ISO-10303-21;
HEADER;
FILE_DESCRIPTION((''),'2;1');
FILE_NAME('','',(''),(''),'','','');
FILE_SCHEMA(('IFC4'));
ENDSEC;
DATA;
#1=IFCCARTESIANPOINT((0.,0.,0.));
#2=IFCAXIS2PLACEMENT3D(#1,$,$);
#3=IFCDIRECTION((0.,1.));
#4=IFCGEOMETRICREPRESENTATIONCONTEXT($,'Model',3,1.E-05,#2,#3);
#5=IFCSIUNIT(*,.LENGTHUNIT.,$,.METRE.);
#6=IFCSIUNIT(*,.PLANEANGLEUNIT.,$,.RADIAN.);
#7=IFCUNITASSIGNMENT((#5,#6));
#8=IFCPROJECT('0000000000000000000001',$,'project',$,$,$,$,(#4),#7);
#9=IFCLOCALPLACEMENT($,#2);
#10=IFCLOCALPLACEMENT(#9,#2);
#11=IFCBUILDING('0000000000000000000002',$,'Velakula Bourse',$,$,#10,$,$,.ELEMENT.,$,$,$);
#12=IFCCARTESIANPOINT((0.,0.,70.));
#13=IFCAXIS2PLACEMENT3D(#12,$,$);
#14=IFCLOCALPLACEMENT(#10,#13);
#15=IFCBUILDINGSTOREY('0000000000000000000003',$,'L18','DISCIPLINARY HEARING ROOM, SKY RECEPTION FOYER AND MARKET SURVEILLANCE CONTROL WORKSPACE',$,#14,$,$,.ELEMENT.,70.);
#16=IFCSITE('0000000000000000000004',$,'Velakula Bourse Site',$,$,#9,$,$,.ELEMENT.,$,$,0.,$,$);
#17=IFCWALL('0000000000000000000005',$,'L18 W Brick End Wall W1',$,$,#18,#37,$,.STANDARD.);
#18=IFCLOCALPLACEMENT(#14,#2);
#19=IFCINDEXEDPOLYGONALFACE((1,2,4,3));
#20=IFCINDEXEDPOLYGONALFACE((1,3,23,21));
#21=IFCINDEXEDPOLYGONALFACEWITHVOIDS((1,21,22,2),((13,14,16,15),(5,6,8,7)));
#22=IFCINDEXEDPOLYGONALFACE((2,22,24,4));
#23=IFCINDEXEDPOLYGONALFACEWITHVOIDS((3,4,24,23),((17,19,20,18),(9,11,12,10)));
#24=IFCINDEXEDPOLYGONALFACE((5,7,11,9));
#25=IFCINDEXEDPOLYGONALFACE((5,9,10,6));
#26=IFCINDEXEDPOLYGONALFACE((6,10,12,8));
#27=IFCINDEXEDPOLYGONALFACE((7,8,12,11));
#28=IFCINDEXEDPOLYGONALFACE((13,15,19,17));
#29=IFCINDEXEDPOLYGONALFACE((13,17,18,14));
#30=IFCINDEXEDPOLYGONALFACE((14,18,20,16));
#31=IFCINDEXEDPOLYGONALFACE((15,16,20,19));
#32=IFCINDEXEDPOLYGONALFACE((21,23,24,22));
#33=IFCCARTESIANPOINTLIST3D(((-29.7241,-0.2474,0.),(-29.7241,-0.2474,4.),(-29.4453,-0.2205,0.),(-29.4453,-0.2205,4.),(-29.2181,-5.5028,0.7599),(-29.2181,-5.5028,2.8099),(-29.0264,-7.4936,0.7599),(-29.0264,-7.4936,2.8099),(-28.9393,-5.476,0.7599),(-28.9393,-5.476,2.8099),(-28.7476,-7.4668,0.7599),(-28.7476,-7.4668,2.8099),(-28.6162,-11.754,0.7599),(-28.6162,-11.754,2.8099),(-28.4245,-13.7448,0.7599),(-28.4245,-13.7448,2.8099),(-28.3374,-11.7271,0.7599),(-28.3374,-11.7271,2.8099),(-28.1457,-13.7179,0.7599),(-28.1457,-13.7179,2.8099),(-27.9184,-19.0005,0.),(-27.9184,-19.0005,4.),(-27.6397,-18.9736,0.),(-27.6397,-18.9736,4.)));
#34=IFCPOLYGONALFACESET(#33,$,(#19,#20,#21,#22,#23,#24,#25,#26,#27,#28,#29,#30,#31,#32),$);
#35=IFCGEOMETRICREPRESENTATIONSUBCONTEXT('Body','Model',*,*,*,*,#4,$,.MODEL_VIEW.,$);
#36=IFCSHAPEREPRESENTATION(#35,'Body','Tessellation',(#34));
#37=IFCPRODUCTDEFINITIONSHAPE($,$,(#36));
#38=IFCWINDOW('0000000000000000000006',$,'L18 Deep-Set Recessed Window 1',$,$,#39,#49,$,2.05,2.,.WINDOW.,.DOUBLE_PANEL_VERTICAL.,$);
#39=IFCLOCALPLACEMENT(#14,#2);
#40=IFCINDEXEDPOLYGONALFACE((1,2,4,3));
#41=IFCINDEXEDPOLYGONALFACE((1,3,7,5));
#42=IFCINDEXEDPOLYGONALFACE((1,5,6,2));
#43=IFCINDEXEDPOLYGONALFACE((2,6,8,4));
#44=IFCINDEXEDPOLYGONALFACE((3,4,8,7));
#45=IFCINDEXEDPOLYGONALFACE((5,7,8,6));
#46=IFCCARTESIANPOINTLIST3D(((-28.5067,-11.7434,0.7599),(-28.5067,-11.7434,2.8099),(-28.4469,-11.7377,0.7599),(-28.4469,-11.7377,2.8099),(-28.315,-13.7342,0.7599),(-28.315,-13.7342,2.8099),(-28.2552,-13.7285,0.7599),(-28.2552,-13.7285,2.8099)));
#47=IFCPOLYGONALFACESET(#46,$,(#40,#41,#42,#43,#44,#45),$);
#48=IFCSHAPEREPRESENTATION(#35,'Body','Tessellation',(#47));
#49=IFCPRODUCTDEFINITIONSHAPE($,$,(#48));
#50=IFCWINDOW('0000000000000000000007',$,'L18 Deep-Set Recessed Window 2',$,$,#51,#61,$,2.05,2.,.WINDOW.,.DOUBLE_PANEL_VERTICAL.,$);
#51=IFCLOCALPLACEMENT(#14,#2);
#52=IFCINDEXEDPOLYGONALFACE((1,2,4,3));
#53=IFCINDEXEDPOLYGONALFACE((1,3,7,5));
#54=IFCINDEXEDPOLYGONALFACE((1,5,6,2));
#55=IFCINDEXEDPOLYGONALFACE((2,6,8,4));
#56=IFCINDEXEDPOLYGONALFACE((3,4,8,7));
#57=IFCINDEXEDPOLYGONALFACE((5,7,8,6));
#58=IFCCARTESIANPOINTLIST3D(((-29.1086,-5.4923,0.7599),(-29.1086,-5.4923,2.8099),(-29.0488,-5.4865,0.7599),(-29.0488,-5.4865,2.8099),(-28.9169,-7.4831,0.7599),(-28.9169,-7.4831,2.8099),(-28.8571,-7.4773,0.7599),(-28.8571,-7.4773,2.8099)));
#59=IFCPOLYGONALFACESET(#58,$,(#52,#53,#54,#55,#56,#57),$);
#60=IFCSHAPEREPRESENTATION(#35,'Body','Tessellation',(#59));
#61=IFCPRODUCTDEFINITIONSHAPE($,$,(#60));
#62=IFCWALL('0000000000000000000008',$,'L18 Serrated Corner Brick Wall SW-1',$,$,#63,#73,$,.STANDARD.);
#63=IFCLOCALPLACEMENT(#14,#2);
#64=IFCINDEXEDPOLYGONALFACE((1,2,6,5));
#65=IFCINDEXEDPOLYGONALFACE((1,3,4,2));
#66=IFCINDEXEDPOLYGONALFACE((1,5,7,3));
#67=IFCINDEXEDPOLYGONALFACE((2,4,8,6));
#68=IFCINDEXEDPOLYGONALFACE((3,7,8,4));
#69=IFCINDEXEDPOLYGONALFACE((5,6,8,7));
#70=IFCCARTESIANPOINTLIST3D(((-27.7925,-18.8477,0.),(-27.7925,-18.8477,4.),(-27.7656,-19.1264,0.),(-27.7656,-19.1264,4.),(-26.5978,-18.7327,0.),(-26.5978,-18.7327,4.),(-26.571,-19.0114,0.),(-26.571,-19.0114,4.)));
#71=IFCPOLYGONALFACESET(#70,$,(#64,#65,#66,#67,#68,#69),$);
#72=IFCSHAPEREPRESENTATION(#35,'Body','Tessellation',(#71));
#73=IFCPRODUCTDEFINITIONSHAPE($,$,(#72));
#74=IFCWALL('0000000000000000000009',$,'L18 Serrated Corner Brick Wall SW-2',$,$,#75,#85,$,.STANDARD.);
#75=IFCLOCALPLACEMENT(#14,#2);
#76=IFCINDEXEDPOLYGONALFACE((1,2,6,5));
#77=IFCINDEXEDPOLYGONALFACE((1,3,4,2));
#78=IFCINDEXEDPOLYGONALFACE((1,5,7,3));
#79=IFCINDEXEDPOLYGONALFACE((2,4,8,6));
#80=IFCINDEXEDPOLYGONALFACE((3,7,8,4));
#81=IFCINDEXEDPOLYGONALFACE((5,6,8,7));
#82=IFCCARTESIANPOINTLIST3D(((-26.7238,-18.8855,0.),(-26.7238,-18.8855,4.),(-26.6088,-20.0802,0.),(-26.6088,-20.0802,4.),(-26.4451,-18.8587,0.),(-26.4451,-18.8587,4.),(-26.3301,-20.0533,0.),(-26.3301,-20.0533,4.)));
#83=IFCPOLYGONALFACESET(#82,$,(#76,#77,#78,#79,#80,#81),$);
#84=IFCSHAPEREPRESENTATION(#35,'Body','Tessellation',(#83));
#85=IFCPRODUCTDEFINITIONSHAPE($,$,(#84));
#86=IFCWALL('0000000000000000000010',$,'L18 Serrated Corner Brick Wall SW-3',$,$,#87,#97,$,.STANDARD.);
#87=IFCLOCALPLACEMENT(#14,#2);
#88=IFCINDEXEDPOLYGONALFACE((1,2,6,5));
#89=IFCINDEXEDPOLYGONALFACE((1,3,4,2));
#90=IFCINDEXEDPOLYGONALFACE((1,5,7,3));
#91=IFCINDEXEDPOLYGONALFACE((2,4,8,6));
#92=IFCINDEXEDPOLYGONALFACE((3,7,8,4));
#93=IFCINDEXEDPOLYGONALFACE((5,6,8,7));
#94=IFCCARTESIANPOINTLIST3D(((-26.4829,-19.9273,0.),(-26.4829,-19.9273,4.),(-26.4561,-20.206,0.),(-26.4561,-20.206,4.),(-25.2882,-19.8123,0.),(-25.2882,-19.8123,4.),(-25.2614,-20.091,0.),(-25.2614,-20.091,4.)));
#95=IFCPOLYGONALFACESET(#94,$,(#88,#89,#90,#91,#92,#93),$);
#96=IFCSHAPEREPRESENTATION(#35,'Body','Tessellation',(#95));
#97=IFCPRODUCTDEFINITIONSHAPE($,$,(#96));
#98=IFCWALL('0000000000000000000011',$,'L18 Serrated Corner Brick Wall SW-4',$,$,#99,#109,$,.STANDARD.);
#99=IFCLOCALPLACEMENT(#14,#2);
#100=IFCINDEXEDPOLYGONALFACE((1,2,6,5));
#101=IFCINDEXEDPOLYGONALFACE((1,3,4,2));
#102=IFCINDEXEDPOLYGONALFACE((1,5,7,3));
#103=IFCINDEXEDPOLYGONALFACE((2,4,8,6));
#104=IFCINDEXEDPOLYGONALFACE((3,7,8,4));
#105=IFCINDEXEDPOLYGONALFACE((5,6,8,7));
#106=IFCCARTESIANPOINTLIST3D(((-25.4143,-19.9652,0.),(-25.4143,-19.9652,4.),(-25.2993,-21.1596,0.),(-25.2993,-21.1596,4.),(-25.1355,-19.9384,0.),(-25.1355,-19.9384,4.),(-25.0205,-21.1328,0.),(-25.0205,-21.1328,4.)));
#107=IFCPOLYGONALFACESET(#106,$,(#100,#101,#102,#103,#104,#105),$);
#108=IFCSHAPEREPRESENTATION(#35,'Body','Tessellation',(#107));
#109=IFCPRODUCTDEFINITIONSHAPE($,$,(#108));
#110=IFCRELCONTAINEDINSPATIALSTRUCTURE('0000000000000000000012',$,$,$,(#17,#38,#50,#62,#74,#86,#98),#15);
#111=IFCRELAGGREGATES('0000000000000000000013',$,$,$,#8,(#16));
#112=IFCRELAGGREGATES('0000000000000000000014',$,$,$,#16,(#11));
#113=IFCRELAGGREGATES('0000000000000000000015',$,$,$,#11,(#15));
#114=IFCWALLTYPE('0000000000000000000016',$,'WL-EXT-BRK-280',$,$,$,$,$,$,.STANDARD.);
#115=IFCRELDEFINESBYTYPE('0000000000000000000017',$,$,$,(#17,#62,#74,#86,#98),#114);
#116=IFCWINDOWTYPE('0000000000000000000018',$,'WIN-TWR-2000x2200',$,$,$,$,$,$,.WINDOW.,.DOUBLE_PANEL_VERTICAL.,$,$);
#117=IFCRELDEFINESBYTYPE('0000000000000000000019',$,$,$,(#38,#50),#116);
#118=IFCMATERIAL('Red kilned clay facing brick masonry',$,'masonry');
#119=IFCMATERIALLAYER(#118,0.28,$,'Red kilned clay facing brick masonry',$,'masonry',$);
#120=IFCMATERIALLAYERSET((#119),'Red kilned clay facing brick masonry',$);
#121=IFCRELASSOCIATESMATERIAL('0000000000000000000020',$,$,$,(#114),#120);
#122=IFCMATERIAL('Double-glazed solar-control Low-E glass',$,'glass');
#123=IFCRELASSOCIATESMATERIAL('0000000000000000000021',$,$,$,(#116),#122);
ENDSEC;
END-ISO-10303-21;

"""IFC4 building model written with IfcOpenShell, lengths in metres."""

from ifc_helpers import new_model, si_unit, direction, frame, frame_2d, origin, place, context, subcontext, project, spatial, rectangle, extrude, material, layer, layer_set, type_object, element, fill, save


model = new_model("IFC4")

# Units and contexts
model_context = context("Model", 3, precision=1e-05, world=origin(), true_north=direction((0.0, 1.0)))
body_context = subcontext(model_context, "Body", "Model", "MODEL_VIEW")
ifc_project = project(units=[si_unit("LENGTHUNIT", "METRE"), si_unit("PLANEANGLEUNIT", "RADIAN")], contexts=[model_context])

# Site, building, storey
site_placement = place(None, origin())
site = spatial("IfcSite", under=ifc_project, at=site_placement, Name="Velakula Bourse Site", CompositionType="ELEMENT", RefElevation=0.0)
building_placement = place(site_placement, origin())
building = spatial("IfcBuilding", under=site, at=building_placement, Name="Velakula Bourse", CompositionType="ELEMENT")
storey_placement = place(building_placement, frame((0.0, 0.0, 70.0)))
storey = spatial("IfcBuildingStorey", under=building, at=storey_placement, Name="L18", Description="DISCIPLINARY HEARING ROOM, SKY RECEPTION FOYER AND MARKET SURVEILLANCE CONTROL WORKSPACE", CompositionType="ELEMENT", Elevation=70.0)

# Wall, openings, windows
ifc_material_1 = material(Name="Red kilned clay facing brick masonry", Category="masonry")
ifc_layer = layer(ifc_material_1, 0.28, Name="Red kilned clay facing brick masonry", Category="masonry")
ifc_layer_set = layer_set([ifc_layer], Name="Red kilned clay facing brick masonry")
wall_type = type_object("IfcWallType", Name="WL-EXT-BRK-280", PredefinedType="STANDARD", material=ifc_layer_set)
wall_1_placement = place(storey_placement, frame((-27.7791, -18.9871, 0.0), z_axis=(0.0, 0.0, 1.0), x_axis=(-0.095843, 0.995397, 0.0)))
wall_1 = element("IfcWall", 1, at=wall_1_placement, inside=storey, type_object=wall_type, Name="L18 W Brick End Wall W1", PredefinedType="STANDARD", context=body_context, shape_type="SweptSolid", body=[
    extrude(rectangle(XDim=18.8398, YDim=0.28, at=frame_2d((9.4199, 0.0))), origin(), (0.0, 0.0, 1.0), 4.0),
])
opening_1_placement = place(wall_1_placement, frame((5.28, 0.0, 0.76)))
opening_1 = element("IfcOpeningElement", 2, at=opening_1_placement, cuts=wall_1, PredefinedType="OPENING", context=body_context, shape_type="SweptSolid", body=[
    extrude(rectangle(XDim=2.0, YDim=2.05, at=frame_2d((1.0, 1.0249))), frame((0.0, 0.1499, 0.0), z_axis=(0.0, -1.0, 0.0), x_axis=(1.0, 0.0, 0.0)), (0.0, 0.0, 1.0), 0.3),
])
opening_2_placement = place(wall_1_placement, frame((11.5601, 0.0, 0.76)))
opening_2 = element("IfcOpeningElement", 3, at=opening_2_placement, cuts=wall_1, PredefinedType="OPENING", context=body_context, shape_type="SweptSolid", body=[
    extrude(rectangle(XDim=2.0, YDim=2.05, at=frame_2d((1.0, 1.0249))), frame((0.0, 0.1499, 0.0), z_axis=(0.0, -1.0, 0.0), x_axis=(1.0, 0.0, 0.0)), (0.0, 0.0, 1.0), 0.3),
])
ifc_material_2 = material(Name="Double-glazed solar-control Low-E glass", Category="glass")
window_type = type_object("IfcWindowType", Name="WIN-TWR-2000x2200", PartitioningType="DOUBLE_PANEL_VERTICAL", PredefinedType="WINDOW", material=ifc_material_2)
window_1_placement = place(opening_1_placement, origin())
window_1 = element("IfcWindow", 4, at=window_1_placement, inside=storey, type_object=window_type, Name="L18 Deep-Set Recessed Window 1", OverallHeight=2.05, OverallWidth=2.0, PartitioningType="DOUBLE_PANEL_VERTICAL", PredefinedType="WINDOW", context=body_context, shape_type="SweptSolid", body=[
    extrude(rectangle(XDim=2.0, YDim=2.05, at=frame_2d((1.0, 1.0249))), frame((0.0, 0.03, 0.0), z_axis=(0.0, -1.0, 0.0), x_axis=(1.0, 0.0, 0.0)), (0.0, 0.0, 1.0), 0.0601),
])
fill(opening_1, window_1)
window_2_placement = place(opening_2_placement, origin())
window_2 = element("IfcWindow", 5, at=window_2_placement, inside=storey, type_object=window_type, Name="L18 Deep-Set Recessed Window 2", OverallHeight=2.05, OverallWidth=2.0, PartitioningType="DOUBLE_PANEL_VERTICAL", PredefinedType="WINDOW", context=body_context, shape_type="SweptSolid", body=[
    extrude(rectangle(XDim=2.0, YDim=2.05, at=frame_2d((1.0, 1.0249))), frame((0.0, 0.03, 0.0), z_axis=(0.0, -1.0, 0.0), x_axis=(1.0, 0.0, 0.0)), (0.0, 0.0, 1.0), 0.0601),
])
fill(opening_2, window_2)

# Walls
for number, where, z_axis, x_axis, name in (
    (6, (-27.7791, -18.9871, 0.0), (0.0, 0.0, 1.0), (0.995399, 0.095817, 0.0), "L18 Serrated Corner Brick Wall SW-1"),
    (7, (-26.5845, -18.8721, 0.0), (0.0, 0.0, 1.0), (0.095817, -0.995399, 0.0), "L18 Serrated Corner Brick Wall SW-2"),
    (8, (-26.4695, -20.0667, 0.0), (0.0, 0.0, 1.0), (0.995399, 0.095817, 0.0), "L18 Serrated Corner Brick Wall SW-3"),
):
    element("IfcWall", number, at=place(storey_placement, frame(where, z_axis=z_axis, x_axis=x_axis)), inside=storey, type_object=wall_type, Name=name, PredefinedType="STANDARD", context=body_context, shape_type="SweptSolid", body=[
        extrude(rectangle(XDim=1.2002, YDim=0.28, at=frame_2d((0.6001, 0.0))), origin(), (0.0, 0.0, 1.0), 4.0),
    ])
wall_2_placement = place(storey_placement, frame((-25.2749, -19.9517, 0.0), z_axis=(0.0, 0.0, 1.0), x_axis=(0.095836, -0.995397, 0.0)))
element("IfcWall", 9, at=wall_2_placement, inside=storey, type_object=wall_type, Name="L18 Serrated Corner Brick Wall SW-4", PredefinedType="STANDARD", context=body_context, shape_type="SweptSolid", body=[
    extrude(rectangle(XDim=1.2, YDim=0.28, at=frame_2d((0.6001, 0.0))), origin(), (0.0, 0.0, 1.0), 4.0),
])

save(model, "model.ifc")
